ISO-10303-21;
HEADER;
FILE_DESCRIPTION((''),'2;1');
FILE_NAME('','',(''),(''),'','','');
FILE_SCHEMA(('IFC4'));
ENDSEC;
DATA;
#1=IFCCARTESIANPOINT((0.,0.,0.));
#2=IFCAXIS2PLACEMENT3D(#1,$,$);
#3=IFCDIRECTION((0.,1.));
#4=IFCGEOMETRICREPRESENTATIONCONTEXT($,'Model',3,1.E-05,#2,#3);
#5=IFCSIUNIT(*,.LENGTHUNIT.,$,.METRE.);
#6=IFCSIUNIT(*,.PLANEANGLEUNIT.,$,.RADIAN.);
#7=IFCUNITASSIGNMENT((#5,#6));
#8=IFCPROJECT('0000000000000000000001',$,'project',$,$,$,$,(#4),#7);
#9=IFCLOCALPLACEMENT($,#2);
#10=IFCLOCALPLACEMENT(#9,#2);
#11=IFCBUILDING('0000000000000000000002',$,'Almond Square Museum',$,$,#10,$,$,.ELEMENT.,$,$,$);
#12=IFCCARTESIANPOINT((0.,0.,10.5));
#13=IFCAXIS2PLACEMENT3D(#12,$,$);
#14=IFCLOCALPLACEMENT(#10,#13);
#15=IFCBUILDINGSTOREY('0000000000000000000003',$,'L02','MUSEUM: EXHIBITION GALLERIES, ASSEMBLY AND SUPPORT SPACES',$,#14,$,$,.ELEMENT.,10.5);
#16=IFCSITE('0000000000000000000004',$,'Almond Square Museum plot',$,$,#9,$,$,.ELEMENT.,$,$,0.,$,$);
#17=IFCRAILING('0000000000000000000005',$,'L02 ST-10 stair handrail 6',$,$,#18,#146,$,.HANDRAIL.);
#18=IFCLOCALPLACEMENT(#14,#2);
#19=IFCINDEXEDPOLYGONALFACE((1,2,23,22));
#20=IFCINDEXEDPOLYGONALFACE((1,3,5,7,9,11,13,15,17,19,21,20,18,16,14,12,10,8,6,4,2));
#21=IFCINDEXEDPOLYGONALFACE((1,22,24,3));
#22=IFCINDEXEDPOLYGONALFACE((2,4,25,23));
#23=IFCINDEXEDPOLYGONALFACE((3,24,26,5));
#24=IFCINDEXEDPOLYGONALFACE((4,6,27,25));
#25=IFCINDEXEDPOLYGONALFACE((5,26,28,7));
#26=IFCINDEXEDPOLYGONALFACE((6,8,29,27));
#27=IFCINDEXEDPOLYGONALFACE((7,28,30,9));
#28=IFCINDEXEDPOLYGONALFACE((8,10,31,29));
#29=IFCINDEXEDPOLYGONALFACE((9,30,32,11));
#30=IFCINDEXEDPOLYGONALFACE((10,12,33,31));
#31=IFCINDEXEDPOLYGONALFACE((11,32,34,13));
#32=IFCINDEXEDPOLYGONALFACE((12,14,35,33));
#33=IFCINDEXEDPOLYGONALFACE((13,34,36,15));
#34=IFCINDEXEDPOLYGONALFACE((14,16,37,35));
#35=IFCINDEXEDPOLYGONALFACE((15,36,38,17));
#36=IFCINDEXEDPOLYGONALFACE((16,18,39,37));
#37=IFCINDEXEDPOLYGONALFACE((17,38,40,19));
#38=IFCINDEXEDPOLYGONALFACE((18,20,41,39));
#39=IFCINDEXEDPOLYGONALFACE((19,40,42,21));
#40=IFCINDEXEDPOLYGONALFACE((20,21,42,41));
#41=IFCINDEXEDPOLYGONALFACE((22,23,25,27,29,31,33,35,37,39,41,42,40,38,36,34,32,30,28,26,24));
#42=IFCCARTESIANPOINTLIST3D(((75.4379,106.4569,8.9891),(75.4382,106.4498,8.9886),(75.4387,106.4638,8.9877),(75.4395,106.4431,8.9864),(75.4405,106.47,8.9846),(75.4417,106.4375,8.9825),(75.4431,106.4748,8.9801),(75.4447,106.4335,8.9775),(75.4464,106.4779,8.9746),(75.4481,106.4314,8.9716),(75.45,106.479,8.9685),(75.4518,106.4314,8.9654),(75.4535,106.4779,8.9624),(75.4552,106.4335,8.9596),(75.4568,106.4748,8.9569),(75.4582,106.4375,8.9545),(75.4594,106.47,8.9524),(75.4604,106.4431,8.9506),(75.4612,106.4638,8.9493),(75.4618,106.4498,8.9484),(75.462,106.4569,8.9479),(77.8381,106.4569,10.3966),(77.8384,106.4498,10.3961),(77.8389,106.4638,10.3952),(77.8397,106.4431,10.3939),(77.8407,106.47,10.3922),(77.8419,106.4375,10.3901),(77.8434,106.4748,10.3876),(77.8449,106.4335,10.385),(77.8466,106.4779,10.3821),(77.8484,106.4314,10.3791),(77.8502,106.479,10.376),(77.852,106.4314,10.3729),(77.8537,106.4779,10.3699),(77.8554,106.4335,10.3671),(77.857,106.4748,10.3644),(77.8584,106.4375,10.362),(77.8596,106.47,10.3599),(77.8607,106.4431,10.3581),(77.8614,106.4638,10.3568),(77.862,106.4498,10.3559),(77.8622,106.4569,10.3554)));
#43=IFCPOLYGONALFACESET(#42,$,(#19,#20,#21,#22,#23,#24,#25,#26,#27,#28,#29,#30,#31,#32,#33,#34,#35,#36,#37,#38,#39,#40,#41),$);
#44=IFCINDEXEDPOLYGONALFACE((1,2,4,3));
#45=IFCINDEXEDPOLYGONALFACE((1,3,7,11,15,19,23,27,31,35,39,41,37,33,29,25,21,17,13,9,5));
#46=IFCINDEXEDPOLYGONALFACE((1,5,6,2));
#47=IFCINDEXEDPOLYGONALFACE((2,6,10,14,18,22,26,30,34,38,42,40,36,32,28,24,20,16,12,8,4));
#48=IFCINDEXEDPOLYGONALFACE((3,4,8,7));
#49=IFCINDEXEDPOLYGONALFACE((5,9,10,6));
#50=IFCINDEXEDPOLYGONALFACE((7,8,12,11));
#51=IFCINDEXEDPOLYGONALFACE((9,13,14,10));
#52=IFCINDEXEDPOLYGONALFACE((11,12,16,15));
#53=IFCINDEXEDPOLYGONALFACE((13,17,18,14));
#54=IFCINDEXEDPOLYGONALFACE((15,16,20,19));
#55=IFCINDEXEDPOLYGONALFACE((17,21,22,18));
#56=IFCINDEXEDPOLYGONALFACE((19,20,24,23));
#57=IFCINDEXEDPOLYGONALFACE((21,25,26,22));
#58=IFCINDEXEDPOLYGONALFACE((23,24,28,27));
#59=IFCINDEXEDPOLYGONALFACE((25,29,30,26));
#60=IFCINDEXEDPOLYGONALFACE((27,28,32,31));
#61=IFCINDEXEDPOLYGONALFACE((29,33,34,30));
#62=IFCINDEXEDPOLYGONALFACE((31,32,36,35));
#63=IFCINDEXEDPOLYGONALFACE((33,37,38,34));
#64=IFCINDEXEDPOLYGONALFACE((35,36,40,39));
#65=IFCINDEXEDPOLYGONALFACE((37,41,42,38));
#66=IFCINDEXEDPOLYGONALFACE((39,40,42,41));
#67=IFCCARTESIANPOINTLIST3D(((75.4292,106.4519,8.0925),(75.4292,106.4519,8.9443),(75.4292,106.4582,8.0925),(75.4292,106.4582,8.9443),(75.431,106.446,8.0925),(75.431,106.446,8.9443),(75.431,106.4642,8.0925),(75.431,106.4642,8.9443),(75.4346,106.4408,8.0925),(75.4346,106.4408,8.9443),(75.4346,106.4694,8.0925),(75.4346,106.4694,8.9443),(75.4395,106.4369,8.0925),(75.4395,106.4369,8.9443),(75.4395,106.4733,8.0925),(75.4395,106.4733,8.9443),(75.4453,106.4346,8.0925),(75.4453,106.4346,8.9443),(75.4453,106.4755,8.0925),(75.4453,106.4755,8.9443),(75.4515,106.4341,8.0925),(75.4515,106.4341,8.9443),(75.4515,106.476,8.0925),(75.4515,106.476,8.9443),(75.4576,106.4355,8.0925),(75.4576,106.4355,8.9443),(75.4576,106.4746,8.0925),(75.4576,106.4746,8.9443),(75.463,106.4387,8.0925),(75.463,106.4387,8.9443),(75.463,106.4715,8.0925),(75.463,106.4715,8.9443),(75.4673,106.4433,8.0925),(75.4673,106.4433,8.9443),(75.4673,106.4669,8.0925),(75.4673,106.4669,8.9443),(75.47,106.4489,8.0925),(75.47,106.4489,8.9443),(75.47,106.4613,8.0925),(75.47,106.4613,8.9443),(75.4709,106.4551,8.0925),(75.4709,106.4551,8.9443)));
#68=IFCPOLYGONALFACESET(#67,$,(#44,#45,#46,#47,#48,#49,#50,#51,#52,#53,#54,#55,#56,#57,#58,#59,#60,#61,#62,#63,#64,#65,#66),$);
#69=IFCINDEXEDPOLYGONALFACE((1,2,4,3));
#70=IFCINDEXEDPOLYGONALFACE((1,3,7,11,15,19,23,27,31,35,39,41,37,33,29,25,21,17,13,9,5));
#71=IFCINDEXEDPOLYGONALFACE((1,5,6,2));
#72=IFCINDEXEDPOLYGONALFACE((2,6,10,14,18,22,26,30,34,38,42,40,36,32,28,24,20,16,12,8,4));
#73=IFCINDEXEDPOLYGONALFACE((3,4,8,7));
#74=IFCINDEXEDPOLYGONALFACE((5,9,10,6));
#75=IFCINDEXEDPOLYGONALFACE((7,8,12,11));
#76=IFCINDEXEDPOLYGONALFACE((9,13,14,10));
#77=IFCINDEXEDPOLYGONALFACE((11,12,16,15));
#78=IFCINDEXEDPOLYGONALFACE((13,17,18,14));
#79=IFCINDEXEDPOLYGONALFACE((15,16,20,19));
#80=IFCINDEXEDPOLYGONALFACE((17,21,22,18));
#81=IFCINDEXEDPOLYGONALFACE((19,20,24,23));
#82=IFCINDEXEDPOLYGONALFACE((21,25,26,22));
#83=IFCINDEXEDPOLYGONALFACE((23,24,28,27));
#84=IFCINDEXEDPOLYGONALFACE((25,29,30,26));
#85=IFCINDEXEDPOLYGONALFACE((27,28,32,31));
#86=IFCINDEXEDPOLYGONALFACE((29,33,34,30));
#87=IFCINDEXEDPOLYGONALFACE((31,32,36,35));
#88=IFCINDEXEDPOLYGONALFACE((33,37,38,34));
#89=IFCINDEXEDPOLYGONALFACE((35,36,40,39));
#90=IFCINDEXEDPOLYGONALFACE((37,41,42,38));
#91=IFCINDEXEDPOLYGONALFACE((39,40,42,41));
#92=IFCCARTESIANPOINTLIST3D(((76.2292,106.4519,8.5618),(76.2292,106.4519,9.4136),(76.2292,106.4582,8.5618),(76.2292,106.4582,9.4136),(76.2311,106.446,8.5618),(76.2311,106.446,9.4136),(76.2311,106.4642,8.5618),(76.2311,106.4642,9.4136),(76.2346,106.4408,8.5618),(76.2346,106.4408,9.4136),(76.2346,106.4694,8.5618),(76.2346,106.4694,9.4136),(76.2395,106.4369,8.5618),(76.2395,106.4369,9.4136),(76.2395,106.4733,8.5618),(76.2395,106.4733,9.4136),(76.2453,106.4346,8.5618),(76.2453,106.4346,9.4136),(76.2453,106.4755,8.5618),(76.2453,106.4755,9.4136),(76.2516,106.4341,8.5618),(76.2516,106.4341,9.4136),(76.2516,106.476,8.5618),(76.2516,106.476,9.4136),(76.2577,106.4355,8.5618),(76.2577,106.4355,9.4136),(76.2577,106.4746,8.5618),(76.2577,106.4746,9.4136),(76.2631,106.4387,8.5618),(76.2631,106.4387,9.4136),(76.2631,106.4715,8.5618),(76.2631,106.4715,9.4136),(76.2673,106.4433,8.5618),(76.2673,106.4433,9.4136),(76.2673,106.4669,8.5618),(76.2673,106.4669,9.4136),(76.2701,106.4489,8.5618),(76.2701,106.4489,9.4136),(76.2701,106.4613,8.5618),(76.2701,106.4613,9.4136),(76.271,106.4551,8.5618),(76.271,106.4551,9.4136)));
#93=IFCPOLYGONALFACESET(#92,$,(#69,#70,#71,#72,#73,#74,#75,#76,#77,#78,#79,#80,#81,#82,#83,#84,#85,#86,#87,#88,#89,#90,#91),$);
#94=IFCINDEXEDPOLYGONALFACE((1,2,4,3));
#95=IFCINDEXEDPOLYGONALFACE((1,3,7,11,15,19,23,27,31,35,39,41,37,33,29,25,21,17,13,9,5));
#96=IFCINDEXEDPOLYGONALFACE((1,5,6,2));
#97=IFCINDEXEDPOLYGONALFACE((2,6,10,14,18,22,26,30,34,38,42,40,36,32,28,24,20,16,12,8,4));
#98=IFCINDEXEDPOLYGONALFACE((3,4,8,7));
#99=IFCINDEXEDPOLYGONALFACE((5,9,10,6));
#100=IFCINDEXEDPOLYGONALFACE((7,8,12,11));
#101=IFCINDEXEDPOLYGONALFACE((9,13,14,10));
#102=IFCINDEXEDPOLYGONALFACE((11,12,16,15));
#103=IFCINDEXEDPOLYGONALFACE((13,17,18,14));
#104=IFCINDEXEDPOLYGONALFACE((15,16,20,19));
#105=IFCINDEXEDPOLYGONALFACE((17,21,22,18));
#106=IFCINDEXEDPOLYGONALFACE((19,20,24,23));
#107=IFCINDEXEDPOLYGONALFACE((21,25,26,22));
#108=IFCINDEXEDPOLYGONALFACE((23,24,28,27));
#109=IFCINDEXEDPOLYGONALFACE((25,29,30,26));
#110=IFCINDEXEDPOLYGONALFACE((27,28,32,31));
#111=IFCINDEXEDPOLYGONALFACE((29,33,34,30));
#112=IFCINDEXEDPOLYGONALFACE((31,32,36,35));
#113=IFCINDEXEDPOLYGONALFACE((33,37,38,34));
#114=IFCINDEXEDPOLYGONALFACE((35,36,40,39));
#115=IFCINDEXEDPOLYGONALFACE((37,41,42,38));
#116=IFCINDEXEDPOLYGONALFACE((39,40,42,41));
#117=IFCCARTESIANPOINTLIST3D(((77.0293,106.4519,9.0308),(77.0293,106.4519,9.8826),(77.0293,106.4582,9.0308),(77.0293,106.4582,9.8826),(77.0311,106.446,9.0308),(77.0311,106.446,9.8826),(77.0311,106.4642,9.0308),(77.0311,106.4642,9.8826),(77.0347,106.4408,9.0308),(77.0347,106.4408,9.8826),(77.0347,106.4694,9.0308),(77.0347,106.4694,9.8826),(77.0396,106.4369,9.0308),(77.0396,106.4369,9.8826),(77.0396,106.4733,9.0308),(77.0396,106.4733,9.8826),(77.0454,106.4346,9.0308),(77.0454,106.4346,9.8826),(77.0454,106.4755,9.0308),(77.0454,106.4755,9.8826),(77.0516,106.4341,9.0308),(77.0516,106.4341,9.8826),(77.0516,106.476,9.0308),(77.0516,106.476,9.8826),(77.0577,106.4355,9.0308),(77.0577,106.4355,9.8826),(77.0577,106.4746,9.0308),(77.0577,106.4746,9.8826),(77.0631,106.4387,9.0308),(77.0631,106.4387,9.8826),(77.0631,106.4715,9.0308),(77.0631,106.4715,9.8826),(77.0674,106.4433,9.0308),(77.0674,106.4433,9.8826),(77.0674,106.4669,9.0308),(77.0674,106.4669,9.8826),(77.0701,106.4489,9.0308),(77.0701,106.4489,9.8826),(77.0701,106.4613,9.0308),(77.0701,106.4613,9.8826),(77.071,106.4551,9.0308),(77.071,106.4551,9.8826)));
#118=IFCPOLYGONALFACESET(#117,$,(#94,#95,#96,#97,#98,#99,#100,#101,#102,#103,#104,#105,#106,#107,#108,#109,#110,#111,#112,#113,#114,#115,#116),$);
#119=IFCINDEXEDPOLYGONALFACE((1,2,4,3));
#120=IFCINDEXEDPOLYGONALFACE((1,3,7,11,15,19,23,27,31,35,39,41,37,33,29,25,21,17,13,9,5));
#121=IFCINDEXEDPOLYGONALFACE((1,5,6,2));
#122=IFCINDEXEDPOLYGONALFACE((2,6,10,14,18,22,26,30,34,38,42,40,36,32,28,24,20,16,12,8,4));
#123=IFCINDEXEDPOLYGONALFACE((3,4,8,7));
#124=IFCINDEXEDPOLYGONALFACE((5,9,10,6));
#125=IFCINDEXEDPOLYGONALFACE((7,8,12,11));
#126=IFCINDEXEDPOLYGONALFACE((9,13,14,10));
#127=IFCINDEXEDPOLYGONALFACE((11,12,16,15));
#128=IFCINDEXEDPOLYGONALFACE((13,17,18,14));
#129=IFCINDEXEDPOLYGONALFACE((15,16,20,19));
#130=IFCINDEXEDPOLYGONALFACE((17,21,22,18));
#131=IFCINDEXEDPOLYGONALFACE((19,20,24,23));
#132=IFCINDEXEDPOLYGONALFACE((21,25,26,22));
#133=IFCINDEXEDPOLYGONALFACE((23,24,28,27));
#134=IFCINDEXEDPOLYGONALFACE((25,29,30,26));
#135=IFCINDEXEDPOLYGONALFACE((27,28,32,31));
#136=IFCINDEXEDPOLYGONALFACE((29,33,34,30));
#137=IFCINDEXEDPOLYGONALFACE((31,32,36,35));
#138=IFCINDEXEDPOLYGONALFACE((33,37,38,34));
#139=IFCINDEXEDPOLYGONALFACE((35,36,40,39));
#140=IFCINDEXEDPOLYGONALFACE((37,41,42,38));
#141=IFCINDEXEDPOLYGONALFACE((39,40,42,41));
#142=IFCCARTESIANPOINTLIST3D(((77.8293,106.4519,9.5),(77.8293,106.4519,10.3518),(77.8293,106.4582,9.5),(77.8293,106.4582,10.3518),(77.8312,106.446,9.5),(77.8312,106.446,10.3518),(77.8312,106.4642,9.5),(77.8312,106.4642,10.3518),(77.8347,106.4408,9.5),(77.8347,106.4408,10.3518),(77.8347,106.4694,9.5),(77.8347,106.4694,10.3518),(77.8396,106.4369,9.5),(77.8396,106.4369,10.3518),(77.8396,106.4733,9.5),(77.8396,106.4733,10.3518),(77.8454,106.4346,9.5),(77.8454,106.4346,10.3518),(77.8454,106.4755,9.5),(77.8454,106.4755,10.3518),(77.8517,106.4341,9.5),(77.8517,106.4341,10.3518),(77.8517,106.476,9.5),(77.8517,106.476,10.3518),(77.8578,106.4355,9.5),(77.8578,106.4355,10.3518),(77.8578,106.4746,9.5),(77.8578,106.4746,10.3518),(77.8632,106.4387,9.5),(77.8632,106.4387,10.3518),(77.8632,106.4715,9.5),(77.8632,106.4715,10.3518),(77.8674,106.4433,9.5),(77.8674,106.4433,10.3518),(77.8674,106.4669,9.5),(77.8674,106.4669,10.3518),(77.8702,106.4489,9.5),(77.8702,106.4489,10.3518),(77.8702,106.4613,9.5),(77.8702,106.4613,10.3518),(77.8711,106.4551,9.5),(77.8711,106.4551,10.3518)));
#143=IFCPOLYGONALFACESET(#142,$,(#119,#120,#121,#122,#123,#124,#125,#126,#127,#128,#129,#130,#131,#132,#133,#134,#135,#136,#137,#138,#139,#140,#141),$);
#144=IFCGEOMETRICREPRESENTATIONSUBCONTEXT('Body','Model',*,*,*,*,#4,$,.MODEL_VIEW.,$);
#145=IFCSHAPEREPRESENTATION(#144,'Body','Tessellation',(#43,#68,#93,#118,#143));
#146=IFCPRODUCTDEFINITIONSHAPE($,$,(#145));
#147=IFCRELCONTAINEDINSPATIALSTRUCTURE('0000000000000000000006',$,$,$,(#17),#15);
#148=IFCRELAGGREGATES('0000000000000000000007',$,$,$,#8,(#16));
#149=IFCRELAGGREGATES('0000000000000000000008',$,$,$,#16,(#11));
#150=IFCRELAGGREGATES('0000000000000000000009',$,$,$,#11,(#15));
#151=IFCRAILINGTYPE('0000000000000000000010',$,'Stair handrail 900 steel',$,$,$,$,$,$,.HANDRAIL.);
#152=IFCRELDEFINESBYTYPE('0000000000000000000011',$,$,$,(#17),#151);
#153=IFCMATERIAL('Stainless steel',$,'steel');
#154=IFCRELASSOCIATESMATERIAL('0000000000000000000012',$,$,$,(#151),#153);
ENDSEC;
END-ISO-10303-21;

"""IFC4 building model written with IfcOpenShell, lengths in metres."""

from ifc_helpers import new_model, si_unit, direction, frame, origin, origin_2d, place, context, subcontext, project, spatial, circle, extrude, material, type_object, element, save


model = new_model("IFC4")

# Units and contexts
model_context = context("Model", 3, precision=1e-05, world=origin(), true_north=direction((0.0, 1.0)))
body_context = subcontext(model_context, "Body", "Model", "MODEL_VIEW")
ifc_project = project(units=[si_unit("LENGTHUNIT", "METRE"), si_unit("PLANEANGLEUNIT", "RADIAN")], contexts=[model_context])

# Site, building, storey
site_placement = place(None, origin())
site = spatial("IfcSite", under=ifc_project, at=site_placement, Name="Almond Square Museum plot", CompositionType="ELEMENT", RefElevation=0.0)
building_placement = place(site_placement, origin())
building = spatial("IfcBuilding", under=site, at=building_placement, Name="Almond Square Museum", CompositionType="ELEMENT")
storey_placement = place(building_placement, frame((0.0, 0.0, 10.5)))
storey = spatial("IfcBuildingStorey", under=building, at=storey_placement, Name="L02", Description="MUSEUM: EXHIBITION GALLERIES, ASSEMBLY AND SUPPORT SPACES", CompositionType="ELEMENT", Elevation=10.5)

# Railing
ifc_material_1 = material(Name="Stainless steel", Category="steel")
railing_type_1 = type_object("IfcRailingType", Name="Stair handrail 900 steel", PredefinedType="HANDRAIL", material=ifc_material_1)
railing_1_placement = place(storey_placement, frame((75.45, 106.4551, 8.0925)))
element("IfcRailing", 1, at=railing_1_placement, inside=storey, type_object=railing_type_1, Name="L02 ST-10 stair handrail 6", PredefinedType="HANDRAIL", context=body_context, shape_type="SweptSolid", body=[
    extrude(circle(Radius=0.0239, at=origin_2d()), frame((0.0, 0.0, 0.876), z_axis=(0.862621, 0.0, 0.50585), x_axis=(0.0, 1.0, 0.0)), (0.0, 0.0, 1.0), 2.7825),
    extrude(circle(Radius=0.021, at=origin_2d()), origin(), (0.0, 0.0, 1.0), 0.8518),
    extrude(circle(Radius=0.021, at=origin_2d()), frame((0.8, 0.0, 0.4692)), (0.0, 0.0, 1.0), 0.8518),
    extrude(circle(Radius=0.021, at=origin_2d()), frame((1.6001, 0.0, 0.9382)), (0.0, 0.0, 1.0), 0.8518),
    extrude(circle(Radius=0.021, at=origin_2d()), frame((2.4001, 0.0, 1.4075)), (0.0, 0.0, 1.0), 0.8518),
])

save(model, "model.ifc")
